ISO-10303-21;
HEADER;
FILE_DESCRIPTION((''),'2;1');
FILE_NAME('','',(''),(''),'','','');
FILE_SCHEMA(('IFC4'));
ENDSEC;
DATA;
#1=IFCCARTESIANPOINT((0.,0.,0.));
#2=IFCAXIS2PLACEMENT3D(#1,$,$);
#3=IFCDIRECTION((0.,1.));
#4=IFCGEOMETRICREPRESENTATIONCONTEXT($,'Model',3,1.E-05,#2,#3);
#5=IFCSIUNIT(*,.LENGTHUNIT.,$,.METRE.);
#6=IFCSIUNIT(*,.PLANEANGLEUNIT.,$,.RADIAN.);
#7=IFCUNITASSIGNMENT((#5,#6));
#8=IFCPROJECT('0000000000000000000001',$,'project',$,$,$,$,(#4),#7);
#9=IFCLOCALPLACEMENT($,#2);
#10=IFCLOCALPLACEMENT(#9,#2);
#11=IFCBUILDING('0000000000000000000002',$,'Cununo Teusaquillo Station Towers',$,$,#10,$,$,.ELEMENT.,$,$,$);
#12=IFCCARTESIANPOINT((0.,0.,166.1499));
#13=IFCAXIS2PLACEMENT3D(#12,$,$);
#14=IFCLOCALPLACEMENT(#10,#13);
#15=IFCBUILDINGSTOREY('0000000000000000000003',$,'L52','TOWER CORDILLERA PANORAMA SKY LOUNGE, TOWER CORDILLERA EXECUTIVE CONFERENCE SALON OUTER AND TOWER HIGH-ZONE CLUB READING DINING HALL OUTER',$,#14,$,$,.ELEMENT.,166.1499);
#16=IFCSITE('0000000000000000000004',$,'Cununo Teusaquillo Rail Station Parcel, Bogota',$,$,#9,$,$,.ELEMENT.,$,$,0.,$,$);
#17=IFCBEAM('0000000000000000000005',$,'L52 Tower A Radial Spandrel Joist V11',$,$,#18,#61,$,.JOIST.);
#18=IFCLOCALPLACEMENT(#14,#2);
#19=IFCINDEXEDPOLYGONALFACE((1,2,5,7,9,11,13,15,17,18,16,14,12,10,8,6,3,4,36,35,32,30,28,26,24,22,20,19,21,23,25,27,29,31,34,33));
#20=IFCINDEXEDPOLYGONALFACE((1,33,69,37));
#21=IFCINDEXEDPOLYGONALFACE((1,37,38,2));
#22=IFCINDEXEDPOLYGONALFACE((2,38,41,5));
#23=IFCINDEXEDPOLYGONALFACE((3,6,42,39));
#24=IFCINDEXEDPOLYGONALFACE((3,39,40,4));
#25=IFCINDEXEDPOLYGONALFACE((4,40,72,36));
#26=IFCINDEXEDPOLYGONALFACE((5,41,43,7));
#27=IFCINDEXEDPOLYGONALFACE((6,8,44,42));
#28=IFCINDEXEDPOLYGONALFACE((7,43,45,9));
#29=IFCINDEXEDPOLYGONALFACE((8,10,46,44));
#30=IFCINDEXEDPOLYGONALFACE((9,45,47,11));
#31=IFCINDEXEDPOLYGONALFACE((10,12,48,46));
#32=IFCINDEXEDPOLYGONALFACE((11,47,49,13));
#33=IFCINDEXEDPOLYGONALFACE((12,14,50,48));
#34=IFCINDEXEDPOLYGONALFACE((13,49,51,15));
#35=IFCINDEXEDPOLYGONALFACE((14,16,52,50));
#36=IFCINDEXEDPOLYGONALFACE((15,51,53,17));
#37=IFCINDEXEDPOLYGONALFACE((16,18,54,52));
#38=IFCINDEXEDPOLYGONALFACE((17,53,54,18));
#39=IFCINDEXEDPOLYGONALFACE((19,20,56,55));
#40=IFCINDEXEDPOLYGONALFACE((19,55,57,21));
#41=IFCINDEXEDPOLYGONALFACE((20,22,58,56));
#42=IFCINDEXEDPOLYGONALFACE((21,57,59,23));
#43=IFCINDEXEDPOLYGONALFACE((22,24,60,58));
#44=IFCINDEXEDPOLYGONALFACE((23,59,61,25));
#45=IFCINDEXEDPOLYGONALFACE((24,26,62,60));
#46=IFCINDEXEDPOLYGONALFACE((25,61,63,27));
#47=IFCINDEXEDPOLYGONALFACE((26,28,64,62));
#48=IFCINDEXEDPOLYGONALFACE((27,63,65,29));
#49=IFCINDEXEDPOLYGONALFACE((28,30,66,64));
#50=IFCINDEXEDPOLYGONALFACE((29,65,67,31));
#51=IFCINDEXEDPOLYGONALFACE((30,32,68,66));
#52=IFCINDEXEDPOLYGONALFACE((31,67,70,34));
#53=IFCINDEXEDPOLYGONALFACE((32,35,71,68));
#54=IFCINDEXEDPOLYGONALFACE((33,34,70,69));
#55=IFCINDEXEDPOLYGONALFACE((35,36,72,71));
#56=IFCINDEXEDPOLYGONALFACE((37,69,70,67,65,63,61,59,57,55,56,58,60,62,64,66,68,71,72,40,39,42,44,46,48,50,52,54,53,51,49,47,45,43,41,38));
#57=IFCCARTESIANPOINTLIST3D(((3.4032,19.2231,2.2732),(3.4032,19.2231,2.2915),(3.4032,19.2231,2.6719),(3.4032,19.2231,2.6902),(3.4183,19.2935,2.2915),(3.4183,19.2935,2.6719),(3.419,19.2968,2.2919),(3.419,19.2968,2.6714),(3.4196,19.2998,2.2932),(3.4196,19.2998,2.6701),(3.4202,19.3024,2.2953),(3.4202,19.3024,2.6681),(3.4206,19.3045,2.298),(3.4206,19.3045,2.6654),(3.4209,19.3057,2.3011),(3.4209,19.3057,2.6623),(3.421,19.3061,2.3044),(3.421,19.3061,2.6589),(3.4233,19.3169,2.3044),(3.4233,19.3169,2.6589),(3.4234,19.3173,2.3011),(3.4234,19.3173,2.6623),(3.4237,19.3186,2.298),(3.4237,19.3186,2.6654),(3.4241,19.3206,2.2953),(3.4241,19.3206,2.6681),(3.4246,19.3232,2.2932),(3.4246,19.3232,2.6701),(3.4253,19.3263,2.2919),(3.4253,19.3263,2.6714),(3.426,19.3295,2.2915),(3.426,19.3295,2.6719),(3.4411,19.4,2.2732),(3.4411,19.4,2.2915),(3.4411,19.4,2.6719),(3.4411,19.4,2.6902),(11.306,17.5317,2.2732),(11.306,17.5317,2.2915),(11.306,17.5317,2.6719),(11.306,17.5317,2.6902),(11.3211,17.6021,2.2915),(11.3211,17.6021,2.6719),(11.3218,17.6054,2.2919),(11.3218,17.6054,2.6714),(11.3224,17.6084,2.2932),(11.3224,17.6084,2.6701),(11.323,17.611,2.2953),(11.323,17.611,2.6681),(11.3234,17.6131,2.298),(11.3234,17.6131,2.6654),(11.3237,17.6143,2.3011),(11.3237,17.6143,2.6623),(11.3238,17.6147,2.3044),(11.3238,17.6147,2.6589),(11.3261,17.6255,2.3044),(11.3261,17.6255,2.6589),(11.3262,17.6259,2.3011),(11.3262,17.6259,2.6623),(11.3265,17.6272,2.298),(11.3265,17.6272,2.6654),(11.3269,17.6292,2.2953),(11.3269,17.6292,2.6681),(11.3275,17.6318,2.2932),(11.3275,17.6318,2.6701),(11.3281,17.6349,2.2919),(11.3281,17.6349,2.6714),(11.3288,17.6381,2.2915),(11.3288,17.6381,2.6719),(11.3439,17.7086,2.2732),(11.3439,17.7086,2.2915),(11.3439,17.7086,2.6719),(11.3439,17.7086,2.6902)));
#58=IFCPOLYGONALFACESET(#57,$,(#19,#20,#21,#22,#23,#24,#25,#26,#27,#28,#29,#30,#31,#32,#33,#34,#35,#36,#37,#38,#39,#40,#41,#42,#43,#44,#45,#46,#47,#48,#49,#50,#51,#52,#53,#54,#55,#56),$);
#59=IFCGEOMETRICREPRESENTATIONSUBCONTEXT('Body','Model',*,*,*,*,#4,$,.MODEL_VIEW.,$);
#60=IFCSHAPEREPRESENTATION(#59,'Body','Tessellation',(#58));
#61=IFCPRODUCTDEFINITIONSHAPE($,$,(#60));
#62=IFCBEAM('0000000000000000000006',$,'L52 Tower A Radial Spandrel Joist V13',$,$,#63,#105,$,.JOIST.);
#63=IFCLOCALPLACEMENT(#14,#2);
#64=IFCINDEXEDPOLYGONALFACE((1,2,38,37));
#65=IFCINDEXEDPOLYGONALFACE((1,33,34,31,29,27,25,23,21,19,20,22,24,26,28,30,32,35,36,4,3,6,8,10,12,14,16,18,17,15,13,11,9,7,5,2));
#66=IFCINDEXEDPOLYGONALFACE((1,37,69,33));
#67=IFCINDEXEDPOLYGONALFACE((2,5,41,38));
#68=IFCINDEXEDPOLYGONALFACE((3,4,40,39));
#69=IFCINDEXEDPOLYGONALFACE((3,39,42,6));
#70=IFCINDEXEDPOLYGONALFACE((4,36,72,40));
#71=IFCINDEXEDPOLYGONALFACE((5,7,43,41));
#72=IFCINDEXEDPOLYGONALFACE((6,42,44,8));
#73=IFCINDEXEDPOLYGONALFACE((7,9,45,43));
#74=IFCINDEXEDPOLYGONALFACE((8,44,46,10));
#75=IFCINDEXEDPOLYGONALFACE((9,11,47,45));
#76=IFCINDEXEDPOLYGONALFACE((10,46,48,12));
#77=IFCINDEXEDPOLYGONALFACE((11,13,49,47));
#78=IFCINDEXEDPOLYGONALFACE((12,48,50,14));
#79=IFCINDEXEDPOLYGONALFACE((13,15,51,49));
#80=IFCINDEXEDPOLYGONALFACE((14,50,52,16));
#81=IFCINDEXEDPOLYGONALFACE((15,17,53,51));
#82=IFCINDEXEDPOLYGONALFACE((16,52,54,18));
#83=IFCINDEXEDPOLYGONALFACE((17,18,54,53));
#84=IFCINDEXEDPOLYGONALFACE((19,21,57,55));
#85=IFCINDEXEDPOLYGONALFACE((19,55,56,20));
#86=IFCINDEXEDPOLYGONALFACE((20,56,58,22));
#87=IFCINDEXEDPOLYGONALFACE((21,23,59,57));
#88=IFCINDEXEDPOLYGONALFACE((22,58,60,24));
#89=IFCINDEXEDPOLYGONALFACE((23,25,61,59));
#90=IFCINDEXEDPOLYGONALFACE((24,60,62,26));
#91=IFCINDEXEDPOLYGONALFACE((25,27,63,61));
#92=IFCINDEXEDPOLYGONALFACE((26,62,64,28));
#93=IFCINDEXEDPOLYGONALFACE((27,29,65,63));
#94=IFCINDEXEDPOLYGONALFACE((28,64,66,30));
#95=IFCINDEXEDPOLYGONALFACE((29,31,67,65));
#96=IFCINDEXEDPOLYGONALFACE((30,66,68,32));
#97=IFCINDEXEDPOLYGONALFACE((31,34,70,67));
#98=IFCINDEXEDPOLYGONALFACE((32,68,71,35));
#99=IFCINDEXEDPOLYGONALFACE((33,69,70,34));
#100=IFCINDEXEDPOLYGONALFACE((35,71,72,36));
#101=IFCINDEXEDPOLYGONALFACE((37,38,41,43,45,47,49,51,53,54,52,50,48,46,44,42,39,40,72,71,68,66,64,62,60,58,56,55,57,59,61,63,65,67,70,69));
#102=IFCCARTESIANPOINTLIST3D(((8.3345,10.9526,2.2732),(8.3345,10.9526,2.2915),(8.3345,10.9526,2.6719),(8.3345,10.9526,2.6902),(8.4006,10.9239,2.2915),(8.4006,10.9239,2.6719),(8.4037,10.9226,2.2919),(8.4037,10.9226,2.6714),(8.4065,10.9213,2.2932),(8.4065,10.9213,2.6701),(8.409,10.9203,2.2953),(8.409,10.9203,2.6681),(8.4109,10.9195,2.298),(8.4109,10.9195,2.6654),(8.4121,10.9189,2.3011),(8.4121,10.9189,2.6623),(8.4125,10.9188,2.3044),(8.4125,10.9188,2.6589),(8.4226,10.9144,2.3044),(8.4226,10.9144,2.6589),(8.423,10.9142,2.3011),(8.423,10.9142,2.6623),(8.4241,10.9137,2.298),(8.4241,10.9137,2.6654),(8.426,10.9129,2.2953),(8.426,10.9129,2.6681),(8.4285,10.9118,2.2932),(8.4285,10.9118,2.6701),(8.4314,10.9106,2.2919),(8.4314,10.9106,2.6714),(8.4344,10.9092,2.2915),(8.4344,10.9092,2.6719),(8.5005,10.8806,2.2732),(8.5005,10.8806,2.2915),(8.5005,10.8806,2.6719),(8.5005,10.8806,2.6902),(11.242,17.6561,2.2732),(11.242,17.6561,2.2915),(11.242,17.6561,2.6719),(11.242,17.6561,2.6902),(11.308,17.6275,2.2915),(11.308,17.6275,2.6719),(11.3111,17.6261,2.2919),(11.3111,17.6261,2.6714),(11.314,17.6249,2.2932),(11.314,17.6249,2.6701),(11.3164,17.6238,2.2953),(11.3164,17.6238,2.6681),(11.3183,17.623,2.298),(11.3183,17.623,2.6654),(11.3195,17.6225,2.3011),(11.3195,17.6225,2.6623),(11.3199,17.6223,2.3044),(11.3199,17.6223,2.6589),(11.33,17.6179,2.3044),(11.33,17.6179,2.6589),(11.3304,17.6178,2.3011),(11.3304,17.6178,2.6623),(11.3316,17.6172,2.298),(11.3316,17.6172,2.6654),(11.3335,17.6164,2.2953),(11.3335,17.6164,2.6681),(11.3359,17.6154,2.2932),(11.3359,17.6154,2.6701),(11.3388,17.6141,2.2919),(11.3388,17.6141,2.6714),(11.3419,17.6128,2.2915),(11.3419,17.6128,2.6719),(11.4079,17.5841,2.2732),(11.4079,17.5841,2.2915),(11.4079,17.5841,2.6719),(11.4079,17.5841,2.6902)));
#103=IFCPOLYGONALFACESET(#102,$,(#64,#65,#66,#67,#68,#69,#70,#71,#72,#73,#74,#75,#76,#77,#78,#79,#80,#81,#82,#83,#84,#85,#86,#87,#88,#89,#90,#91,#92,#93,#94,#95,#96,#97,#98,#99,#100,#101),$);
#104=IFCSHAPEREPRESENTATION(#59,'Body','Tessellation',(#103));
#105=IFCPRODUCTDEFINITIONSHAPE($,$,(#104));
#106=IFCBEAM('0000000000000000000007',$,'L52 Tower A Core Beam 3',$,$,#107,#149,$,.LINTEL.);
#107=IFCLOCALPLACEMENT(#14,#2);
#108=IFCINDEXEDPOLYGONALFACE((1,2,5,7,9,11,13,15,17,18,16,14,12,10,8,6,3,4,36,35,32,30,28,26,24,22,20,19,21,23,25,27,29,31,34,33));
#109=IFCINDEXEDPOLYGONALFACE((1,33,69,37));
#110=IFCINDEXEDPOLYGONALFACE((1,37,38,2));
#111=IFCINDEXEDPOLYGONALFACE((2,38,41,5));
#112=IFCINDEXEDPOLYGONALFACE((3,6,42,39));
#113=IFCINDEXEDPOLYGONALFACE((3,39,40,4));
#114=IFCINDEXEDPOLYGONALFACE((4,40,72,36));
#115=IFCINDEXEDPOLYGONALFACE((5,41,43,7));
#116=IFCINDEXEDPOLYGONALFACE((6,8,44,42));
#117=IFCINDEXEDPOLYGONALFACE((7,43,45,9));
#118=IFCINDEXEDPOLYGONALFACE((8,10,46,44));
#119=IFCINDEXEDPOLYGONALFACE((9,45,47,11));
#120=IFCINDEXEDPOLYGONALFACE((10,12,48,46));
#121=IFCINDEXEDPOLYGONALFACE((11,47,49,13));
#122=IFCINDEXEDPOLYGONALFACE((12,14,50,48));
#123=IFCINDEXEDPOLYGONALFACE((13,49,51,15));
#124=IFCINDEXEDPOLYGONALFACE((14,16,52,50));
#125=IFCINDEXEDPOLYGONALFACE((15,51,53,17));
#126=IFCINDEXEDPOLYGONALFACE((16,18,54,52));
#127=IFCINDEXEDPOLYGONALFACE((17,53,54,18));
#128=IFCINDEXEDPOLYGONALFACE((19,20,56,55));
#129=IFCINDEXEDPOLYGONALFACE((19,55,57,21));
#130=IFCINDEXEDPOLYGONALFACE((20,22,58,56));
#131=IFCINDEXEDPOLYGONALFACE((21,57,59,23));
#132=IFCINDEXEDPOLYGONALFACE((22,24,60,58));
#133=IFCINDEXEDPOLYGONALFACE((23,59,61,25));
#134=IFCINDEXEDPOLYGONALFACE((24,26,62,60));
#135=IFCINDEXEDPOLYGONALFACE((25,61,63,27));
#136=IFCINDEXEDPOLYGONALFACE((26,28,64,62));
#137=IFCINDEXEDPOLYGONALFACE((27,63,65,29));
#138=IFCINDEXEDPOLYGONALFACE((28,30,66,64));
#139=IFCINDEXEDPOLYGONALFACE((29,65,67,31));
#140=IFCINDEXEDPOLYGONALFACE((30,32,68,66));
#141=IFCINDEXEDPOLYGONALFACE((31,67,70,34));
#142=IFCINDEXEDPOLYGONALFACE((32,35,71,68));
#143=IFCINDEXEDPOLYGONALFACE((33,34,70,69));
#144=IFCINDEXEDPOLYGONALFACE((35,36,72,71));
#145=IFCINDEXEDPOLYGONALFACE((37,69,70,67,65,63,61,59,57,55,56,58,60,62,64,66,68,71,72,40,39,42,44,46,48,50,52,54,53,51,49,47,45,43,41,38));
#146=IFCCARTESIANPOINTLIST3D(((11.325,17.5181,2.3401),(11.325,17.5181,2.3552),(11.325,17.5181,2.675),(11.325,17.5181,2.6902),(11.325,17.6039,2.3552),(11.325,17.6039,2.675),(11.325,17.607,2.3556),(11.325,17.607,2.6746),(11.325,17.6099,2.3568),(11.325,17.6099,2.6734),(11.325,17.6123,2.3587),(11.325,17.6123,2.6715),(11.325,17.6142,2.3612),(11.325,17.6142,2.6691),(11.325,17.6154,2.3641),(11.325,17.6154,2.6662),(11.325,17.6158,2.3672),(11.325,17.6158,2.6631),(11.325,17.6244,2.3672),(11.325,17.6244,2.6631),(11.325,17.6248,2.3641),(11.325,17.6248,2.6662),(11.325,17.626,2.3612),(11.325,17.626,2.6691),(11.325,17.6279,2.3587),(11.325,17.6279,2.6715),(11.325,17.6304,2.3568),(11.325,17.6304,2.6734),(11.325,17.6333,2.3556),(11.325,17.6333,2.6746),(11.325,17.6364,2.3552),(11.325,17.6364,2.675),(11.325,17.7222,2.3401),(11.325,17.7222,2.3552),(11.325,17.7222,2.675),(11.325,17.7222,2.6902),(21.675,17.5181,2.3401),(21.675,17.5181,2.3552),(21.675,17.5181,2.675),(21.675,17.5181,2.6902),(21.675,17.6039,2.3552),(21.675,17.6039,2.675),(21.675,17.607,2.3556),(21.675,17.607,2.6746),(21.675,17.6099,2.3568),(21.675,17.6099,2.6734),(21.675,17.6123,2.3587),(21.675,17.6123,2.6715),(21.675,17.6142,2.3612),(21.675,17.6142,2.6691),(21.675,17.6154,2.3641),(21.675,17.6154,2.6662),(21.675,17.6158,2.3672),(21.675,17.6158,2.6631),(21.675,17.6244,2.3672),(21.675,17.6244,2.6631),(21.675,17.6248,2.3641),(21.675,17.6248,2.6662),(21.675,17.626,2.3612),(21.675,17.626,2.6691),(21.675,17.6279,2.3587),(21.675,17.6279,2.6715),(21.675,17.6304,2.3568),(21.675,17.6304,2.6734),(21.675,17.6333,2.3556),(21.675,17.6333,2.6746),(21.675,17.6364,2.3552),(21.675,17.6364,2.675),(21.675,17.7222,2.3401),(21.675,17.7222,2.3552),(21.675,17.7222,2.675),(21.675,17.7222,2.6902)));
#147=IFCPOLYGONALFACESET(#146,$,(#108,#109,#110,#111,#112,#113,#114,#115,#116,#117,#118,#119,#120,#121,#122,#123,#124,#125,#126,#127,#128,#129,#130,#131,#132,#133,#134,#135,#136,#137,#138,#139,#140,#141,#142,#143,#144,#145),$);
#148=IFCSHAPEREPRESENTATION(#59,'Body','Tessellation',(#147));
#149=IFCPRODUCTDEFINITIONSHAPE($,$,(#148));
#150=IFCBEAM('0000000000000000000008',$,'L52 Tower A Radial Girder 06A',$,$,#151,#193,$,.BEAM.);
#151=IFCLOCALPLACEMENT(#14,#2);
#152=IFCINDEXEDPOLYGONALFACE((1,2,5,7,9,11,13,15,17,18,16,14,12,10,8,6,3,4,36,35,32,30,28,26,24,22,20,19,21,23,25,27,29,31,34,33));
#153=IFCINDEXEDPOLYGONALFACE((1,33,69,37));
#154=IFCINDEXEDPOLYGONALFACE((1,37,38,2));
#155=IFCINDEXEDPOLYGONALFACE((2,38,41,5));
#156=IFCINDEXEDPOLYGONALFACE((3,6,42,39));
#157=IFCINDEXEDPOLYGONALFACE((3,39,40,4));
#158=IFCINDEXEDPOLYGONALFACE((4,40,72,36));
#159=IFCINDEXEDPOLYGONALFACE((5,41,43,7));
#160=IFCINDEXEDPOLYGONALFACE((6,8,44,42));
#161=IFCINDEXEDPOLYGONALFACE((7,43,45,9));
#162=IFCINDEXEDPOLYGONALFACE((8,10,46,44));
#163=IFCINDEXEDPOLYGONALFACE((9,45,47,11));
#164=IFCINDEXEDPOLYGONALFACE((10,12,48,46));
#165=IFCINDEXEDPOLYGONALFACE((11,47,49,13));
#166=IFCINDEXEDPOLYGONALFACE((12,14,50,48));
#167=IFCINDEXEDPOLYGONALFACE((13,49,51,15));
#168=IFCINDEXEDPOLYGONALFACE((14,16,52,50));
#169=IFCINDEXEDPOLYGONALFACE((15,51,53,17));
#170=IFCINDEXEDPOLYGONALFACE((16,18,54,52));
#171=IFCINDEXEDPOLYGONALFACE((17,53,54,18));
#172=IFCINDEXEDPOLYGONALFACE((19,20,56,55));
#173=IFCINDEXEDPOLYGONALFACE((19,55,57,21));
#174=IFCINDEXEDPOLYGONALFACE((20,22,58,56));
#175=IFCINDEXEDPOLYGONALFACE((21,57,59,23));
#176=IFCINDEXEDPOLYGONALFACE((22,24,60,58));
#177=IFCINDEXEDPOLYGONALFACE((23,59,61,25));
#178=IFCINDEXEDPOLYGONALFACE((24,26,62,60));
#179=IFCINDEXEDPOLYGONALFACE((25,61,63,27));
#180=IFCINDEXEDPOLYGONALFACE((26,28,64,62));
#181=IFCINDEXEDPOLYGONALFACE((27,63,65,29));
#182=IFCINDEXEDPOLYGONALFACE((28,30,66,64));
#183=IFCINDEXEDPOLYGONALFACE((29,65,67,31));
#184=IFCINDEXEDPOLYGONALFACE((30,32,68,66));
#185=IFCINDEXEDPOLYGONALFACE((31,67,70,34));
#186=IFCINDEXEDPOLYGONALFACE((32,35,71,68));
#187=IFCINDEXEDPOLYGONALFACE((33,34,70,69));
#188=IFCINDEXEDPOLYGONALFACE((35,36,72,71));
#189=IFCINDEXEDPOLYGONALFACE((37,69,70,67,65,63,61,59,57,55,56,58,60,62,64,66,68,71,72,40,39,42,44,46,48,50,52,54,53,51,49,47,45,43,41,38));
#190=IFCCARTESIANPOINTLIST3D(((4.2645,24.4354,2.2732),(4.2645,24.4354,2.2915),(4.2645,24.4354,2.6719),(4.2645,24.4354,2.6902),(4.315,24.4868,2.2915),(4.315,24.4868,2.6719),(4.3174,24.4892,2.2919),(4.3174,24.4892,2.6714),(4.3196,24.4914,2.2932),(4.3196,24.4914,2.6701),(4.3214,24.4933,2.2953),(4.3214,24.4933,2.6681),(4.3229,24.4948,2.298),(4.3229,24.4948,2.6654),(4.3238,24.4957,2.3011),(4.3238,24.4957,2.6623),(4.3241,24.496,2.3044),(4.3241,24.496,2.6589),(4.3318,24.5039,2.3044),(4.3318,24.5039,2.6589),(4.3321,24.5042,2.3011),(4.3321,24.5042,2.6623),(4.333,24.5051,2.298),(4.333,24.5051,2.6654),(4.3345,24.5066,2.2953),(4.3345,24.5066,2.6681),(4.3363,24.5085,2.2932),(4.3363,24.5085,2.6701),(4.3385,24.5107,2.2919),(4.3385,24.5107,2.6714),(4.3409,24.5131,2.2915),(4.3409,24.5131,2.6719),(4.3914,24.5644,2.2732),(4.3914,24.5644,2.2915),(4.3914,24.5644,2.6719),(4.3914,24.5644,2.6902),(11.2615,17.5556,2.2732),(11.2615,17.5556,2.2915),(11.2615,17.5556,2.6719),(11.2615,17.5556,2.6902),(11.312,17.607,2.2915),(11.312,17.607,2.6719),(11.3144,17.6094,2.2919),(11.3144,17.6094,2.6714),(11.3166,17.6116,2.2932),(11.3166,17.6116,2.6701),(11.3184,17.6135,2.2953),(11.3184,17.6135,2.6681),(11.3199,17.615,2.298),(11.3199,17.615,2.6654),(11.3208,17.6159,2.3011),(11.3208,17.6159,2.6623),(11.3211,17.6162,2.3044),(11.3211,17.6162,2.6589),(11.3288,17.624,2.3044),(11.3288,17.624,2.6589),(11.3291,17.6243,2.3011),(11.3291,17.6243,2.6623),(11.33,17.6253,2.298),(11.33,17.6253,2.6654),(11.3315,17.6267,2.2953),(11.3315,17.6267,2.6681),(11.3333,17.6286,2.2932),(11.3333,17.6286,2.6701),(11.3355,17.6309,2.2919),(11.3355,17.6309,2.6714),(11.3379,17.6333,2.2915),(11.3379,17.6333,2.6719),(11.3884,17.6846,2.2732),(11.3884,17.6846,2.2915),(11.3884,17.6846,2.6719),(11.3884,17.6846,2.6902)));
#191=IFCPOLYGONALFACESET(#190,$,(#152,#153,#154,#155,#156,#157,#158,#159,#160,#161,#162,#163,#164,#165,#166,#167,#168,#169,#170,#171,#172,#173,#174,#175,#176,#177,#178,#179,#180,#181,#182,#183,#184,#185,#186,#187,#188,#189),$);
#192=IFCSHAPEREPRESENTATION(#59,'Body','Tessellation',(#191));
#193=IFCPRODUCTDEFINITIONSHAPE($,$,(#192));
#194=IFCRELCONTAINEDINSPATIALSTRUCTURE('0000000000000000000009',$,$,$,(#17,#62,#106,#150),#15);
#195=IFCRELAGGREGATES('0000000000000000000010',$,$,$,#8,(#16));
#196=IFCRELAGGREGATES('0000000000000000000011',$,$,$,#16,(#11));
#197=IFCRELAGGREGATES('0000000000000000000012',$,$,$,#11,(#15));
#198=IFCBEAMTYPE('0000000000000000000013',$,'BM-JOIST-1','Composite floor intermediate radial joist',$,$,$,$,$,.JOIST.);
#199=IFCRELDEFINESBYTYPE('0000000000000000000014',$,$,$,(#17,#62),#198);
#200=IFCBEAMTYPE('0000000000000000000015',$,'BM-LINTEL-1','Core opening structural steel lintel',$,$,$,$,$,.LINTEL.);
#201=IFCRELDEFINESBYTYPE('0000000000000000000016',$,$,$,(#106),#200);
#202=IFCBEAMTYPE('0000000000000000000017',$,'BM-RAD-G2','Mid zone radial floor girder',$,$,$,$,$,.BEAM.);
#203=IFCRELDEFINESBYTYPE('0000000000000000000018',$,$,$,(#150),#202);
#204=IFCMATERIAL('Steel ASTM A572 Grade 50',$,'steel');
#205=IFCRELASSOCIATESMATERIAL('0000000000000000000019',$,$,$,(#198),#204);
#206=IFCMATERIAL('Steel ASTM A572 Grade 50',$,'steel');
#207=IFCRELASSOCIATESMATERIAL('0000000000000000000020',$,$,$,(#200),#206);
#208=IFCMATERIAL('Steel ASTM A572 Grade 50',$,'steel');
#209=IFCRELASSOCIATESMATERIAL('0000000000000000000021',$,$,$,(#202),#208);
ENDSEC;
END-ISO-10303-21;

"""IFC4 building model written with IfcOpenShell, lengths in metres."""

from ifc_helpers import new_model, si_unit, direction, frame, origin, origin_2d, place, context, subcontext, project, spatial, i_section, extrude, material, material_profile, profile_set, type_object, element, save


model = new_model("IFC4")

# Units and contexts
model_context = context("Model", 3, precision=1e-05, world=origin(), true_north=direction((0.0, 1.0)))
body_context = subcontext(model_context, "Body", "Model", "MODEL_VIEW")
ifc_project = project(units=[si_unit("LENGTHUNIT", "METRE"), si_unit("PLANEANGLEUNIT", "RADIAN")], contexts=[model_context])

# Site, building, storey
site_placement = place(None, origin())
site = spatial("IfcSite", under=ifc_project, at=site_placement, Name="Cununo Teusaquillo Rail Station Parcel, Bogota", CompositionType="ELEMENT", RefElevation=0.0)
building_placement = place(site_placement, origin())
building = spatial("IfcBuilding", under=site, at=building_placement, Name="Cununo Teusaquillo Station Towers", CompositionType="ELEMENT")
storey_placement = place(building_placement, frame((0.0, 0.0, 166.1499)))
storey = spatial("IfcBuildingStorey", under=building, at=storey_placement, Name="L52", Description="TOWER CORDILLERA PANORAMA SKY LOUNGE, TOWER CORDILLERA EXECUTIVE CONFERENCE SALON OUTER AND TOWER HIGH-ZONE CLUB READING DINING HALL OUTER", CompositionType="ELEMENT", Elevation=166.1499)

# Beams
ifc_material_1 = material(Name="Steel ASTM A572 Grade 50", Category="steel")
ifc_material_profile_1 = material_profile(ifc_material_1, i_section(OverallWidth=0.1809, OverallDepth=0.417, WebThickness=0.011, FlangeThickness=0.0183, FilletRadius=0.0129, at=origin_2d()), Name="W16X57")
ifc_profile_set_1 = profile_set([ifc_material_profile_1], Name="Steel ASTM A572 Grade 50")
beam_type_1 = type_object("IfcBeamType", Name="BM-JOIST-1", Description="Composite floor intermediate radial joist", PredefinedType="JOIST", material=ifc_profile_set_1)
beam_1_placement = place(storey_placement, frame((11.325, 17.6201, 2.4817), z_axis=(-0.977855, 0.209286, 0.0), x_axis=(-0.209286, -0.977855, 0.0)))
element("IfcBeam", 1, at=beam_1_placement, inside=storey, type_object=beam_type_1, Name="L52 Tower A Radial Spandrel Joist V11", PredefinedType="JOIST", context=body_context, shape_type="SweptSolid", body=[
    extrude(i_section(OverallWidth=0.1809, OverallDepth=0.417, WebThickness=0.011, FlangeThickness=0.0183, FilletRadius=0.0129, at=origin_2d()), origin(), (0.0, 0.0, 1.0), 8.0818),
])
beam_2_placement = place(storey_placement, frame((11.325, 17.6201, 2.4817), z_axis=(-0.397904, -0.917427, 0.0), x_axis=(0.917427, -0.397904, 0.0)))
element("IfcBeam", 2, at=beam_2_placement, inside=storey, type_object=beam_type_1, Name="L52 Tower A Radial Spandrel Joist V13", PredefinedType="JOIST", context=body_context, shape_type="SweptSolid", body=[
    extrude(i_section(OverallWidth=0.1809, OverallDepth=0.417, WebThickness=0.011, FlangeThickness=0.0183, FilletRadius=0.0129, at=origin_2d()), origin(), (0.0, 0.0, 1.0), 7.3069),
])
ifc_material_2 = material(Name="Steel ASTM A572 Grade 50", Category="steel")
ifc_material_profile_2 = material_profile(ifc_material_2, i_section(OverallWidth=0.2041, OverallDepth=0.3501, WebThickness=0.0085, FlangeThickness=0.0151, FilletRadius=0.012, at=origin_2d()), Name="W14X48")
ifc_profile_set_2 = profile_set([ifc_material_profile_2], Name="Steel ASTM A572 Grade 50")
beam_type_2 = type_object("IfcBeamType", Name="BM-LINTEL-1", Description="Core opening structural steel lintel", PredefinedType="LINTEL", material=ifc_profile_set_2)
beam_3_placement = place(storey_placement, frame((11.325, 17.6201, 2.5151), z_axis=(1.0, 0.0, 0.0), x_axis=(0.0, 1.0, 0.0)))
element("IfcBeam", 3, at=beam_3_placement, inside=storey, type_object=beam_type_2, Name="L52 Tower A Core Beam 3", PredefinedType="LINTEL", context=body_context, shape_type="SweptSolid", body=[
    extrude(i_section(OverallWidth=0.2041, OverallDepth=0.3501, WebThickness=0.0085, FlangeThickness=0.0151, FilletRadius=0.012, at=origin_2d()), origin(), (0.0, 0.0, 1.0), 10.3501),
])
ifc_material_3 = material(Name="Steel ASTM A572 Grade 50", Category="steel")
ifc_material_profile_3 = material_profile(ifc_material_3, i_section(OverallWidth=0.1809, OverallDepth=0.417, WebThickness=0.011, FlangeThickness=0.0183, FilletRadius=0.0129, at=origin_2d()), Name="W16X57")
ifc_profile_set_3 = profile_set([ifc_material_profile_3], Name="Steel ASTM A572 Grade 50")
beam_type_3 = type_object("IfcBeamType", Name="BM-RAD-G2", Description="Mid zone radial floor girder", PredefinedType="BEAM", material=ifc_profile_set_3)
beam_4_placement = place(storey_placement, frame((11.325, 17.6201, 2.4817), z_axis=(-0.713053, 0.70111, 0.0), x_axis=(-0.70111, -0.713053, 0.0)))
element("IfcBeam", 4, at=beam_4_placement, inside=storey, type_object=beam_type_3, Name="L52 Tower A Radial Girder 06A", PredefinedType="BEAM", context=body_context, shape_type="SweptSolid", body=[
    extrude(i_section(OverallWidth=0.1809, OverallDepth=0.417, WebThickness=0.011, FlangeThickness=0.0183, FilletRadius=0.0129, at=origin_2d()), origin(), (0.0, 0.0, 1.0), 9.8127),
])

save(model, "model.ifc")
